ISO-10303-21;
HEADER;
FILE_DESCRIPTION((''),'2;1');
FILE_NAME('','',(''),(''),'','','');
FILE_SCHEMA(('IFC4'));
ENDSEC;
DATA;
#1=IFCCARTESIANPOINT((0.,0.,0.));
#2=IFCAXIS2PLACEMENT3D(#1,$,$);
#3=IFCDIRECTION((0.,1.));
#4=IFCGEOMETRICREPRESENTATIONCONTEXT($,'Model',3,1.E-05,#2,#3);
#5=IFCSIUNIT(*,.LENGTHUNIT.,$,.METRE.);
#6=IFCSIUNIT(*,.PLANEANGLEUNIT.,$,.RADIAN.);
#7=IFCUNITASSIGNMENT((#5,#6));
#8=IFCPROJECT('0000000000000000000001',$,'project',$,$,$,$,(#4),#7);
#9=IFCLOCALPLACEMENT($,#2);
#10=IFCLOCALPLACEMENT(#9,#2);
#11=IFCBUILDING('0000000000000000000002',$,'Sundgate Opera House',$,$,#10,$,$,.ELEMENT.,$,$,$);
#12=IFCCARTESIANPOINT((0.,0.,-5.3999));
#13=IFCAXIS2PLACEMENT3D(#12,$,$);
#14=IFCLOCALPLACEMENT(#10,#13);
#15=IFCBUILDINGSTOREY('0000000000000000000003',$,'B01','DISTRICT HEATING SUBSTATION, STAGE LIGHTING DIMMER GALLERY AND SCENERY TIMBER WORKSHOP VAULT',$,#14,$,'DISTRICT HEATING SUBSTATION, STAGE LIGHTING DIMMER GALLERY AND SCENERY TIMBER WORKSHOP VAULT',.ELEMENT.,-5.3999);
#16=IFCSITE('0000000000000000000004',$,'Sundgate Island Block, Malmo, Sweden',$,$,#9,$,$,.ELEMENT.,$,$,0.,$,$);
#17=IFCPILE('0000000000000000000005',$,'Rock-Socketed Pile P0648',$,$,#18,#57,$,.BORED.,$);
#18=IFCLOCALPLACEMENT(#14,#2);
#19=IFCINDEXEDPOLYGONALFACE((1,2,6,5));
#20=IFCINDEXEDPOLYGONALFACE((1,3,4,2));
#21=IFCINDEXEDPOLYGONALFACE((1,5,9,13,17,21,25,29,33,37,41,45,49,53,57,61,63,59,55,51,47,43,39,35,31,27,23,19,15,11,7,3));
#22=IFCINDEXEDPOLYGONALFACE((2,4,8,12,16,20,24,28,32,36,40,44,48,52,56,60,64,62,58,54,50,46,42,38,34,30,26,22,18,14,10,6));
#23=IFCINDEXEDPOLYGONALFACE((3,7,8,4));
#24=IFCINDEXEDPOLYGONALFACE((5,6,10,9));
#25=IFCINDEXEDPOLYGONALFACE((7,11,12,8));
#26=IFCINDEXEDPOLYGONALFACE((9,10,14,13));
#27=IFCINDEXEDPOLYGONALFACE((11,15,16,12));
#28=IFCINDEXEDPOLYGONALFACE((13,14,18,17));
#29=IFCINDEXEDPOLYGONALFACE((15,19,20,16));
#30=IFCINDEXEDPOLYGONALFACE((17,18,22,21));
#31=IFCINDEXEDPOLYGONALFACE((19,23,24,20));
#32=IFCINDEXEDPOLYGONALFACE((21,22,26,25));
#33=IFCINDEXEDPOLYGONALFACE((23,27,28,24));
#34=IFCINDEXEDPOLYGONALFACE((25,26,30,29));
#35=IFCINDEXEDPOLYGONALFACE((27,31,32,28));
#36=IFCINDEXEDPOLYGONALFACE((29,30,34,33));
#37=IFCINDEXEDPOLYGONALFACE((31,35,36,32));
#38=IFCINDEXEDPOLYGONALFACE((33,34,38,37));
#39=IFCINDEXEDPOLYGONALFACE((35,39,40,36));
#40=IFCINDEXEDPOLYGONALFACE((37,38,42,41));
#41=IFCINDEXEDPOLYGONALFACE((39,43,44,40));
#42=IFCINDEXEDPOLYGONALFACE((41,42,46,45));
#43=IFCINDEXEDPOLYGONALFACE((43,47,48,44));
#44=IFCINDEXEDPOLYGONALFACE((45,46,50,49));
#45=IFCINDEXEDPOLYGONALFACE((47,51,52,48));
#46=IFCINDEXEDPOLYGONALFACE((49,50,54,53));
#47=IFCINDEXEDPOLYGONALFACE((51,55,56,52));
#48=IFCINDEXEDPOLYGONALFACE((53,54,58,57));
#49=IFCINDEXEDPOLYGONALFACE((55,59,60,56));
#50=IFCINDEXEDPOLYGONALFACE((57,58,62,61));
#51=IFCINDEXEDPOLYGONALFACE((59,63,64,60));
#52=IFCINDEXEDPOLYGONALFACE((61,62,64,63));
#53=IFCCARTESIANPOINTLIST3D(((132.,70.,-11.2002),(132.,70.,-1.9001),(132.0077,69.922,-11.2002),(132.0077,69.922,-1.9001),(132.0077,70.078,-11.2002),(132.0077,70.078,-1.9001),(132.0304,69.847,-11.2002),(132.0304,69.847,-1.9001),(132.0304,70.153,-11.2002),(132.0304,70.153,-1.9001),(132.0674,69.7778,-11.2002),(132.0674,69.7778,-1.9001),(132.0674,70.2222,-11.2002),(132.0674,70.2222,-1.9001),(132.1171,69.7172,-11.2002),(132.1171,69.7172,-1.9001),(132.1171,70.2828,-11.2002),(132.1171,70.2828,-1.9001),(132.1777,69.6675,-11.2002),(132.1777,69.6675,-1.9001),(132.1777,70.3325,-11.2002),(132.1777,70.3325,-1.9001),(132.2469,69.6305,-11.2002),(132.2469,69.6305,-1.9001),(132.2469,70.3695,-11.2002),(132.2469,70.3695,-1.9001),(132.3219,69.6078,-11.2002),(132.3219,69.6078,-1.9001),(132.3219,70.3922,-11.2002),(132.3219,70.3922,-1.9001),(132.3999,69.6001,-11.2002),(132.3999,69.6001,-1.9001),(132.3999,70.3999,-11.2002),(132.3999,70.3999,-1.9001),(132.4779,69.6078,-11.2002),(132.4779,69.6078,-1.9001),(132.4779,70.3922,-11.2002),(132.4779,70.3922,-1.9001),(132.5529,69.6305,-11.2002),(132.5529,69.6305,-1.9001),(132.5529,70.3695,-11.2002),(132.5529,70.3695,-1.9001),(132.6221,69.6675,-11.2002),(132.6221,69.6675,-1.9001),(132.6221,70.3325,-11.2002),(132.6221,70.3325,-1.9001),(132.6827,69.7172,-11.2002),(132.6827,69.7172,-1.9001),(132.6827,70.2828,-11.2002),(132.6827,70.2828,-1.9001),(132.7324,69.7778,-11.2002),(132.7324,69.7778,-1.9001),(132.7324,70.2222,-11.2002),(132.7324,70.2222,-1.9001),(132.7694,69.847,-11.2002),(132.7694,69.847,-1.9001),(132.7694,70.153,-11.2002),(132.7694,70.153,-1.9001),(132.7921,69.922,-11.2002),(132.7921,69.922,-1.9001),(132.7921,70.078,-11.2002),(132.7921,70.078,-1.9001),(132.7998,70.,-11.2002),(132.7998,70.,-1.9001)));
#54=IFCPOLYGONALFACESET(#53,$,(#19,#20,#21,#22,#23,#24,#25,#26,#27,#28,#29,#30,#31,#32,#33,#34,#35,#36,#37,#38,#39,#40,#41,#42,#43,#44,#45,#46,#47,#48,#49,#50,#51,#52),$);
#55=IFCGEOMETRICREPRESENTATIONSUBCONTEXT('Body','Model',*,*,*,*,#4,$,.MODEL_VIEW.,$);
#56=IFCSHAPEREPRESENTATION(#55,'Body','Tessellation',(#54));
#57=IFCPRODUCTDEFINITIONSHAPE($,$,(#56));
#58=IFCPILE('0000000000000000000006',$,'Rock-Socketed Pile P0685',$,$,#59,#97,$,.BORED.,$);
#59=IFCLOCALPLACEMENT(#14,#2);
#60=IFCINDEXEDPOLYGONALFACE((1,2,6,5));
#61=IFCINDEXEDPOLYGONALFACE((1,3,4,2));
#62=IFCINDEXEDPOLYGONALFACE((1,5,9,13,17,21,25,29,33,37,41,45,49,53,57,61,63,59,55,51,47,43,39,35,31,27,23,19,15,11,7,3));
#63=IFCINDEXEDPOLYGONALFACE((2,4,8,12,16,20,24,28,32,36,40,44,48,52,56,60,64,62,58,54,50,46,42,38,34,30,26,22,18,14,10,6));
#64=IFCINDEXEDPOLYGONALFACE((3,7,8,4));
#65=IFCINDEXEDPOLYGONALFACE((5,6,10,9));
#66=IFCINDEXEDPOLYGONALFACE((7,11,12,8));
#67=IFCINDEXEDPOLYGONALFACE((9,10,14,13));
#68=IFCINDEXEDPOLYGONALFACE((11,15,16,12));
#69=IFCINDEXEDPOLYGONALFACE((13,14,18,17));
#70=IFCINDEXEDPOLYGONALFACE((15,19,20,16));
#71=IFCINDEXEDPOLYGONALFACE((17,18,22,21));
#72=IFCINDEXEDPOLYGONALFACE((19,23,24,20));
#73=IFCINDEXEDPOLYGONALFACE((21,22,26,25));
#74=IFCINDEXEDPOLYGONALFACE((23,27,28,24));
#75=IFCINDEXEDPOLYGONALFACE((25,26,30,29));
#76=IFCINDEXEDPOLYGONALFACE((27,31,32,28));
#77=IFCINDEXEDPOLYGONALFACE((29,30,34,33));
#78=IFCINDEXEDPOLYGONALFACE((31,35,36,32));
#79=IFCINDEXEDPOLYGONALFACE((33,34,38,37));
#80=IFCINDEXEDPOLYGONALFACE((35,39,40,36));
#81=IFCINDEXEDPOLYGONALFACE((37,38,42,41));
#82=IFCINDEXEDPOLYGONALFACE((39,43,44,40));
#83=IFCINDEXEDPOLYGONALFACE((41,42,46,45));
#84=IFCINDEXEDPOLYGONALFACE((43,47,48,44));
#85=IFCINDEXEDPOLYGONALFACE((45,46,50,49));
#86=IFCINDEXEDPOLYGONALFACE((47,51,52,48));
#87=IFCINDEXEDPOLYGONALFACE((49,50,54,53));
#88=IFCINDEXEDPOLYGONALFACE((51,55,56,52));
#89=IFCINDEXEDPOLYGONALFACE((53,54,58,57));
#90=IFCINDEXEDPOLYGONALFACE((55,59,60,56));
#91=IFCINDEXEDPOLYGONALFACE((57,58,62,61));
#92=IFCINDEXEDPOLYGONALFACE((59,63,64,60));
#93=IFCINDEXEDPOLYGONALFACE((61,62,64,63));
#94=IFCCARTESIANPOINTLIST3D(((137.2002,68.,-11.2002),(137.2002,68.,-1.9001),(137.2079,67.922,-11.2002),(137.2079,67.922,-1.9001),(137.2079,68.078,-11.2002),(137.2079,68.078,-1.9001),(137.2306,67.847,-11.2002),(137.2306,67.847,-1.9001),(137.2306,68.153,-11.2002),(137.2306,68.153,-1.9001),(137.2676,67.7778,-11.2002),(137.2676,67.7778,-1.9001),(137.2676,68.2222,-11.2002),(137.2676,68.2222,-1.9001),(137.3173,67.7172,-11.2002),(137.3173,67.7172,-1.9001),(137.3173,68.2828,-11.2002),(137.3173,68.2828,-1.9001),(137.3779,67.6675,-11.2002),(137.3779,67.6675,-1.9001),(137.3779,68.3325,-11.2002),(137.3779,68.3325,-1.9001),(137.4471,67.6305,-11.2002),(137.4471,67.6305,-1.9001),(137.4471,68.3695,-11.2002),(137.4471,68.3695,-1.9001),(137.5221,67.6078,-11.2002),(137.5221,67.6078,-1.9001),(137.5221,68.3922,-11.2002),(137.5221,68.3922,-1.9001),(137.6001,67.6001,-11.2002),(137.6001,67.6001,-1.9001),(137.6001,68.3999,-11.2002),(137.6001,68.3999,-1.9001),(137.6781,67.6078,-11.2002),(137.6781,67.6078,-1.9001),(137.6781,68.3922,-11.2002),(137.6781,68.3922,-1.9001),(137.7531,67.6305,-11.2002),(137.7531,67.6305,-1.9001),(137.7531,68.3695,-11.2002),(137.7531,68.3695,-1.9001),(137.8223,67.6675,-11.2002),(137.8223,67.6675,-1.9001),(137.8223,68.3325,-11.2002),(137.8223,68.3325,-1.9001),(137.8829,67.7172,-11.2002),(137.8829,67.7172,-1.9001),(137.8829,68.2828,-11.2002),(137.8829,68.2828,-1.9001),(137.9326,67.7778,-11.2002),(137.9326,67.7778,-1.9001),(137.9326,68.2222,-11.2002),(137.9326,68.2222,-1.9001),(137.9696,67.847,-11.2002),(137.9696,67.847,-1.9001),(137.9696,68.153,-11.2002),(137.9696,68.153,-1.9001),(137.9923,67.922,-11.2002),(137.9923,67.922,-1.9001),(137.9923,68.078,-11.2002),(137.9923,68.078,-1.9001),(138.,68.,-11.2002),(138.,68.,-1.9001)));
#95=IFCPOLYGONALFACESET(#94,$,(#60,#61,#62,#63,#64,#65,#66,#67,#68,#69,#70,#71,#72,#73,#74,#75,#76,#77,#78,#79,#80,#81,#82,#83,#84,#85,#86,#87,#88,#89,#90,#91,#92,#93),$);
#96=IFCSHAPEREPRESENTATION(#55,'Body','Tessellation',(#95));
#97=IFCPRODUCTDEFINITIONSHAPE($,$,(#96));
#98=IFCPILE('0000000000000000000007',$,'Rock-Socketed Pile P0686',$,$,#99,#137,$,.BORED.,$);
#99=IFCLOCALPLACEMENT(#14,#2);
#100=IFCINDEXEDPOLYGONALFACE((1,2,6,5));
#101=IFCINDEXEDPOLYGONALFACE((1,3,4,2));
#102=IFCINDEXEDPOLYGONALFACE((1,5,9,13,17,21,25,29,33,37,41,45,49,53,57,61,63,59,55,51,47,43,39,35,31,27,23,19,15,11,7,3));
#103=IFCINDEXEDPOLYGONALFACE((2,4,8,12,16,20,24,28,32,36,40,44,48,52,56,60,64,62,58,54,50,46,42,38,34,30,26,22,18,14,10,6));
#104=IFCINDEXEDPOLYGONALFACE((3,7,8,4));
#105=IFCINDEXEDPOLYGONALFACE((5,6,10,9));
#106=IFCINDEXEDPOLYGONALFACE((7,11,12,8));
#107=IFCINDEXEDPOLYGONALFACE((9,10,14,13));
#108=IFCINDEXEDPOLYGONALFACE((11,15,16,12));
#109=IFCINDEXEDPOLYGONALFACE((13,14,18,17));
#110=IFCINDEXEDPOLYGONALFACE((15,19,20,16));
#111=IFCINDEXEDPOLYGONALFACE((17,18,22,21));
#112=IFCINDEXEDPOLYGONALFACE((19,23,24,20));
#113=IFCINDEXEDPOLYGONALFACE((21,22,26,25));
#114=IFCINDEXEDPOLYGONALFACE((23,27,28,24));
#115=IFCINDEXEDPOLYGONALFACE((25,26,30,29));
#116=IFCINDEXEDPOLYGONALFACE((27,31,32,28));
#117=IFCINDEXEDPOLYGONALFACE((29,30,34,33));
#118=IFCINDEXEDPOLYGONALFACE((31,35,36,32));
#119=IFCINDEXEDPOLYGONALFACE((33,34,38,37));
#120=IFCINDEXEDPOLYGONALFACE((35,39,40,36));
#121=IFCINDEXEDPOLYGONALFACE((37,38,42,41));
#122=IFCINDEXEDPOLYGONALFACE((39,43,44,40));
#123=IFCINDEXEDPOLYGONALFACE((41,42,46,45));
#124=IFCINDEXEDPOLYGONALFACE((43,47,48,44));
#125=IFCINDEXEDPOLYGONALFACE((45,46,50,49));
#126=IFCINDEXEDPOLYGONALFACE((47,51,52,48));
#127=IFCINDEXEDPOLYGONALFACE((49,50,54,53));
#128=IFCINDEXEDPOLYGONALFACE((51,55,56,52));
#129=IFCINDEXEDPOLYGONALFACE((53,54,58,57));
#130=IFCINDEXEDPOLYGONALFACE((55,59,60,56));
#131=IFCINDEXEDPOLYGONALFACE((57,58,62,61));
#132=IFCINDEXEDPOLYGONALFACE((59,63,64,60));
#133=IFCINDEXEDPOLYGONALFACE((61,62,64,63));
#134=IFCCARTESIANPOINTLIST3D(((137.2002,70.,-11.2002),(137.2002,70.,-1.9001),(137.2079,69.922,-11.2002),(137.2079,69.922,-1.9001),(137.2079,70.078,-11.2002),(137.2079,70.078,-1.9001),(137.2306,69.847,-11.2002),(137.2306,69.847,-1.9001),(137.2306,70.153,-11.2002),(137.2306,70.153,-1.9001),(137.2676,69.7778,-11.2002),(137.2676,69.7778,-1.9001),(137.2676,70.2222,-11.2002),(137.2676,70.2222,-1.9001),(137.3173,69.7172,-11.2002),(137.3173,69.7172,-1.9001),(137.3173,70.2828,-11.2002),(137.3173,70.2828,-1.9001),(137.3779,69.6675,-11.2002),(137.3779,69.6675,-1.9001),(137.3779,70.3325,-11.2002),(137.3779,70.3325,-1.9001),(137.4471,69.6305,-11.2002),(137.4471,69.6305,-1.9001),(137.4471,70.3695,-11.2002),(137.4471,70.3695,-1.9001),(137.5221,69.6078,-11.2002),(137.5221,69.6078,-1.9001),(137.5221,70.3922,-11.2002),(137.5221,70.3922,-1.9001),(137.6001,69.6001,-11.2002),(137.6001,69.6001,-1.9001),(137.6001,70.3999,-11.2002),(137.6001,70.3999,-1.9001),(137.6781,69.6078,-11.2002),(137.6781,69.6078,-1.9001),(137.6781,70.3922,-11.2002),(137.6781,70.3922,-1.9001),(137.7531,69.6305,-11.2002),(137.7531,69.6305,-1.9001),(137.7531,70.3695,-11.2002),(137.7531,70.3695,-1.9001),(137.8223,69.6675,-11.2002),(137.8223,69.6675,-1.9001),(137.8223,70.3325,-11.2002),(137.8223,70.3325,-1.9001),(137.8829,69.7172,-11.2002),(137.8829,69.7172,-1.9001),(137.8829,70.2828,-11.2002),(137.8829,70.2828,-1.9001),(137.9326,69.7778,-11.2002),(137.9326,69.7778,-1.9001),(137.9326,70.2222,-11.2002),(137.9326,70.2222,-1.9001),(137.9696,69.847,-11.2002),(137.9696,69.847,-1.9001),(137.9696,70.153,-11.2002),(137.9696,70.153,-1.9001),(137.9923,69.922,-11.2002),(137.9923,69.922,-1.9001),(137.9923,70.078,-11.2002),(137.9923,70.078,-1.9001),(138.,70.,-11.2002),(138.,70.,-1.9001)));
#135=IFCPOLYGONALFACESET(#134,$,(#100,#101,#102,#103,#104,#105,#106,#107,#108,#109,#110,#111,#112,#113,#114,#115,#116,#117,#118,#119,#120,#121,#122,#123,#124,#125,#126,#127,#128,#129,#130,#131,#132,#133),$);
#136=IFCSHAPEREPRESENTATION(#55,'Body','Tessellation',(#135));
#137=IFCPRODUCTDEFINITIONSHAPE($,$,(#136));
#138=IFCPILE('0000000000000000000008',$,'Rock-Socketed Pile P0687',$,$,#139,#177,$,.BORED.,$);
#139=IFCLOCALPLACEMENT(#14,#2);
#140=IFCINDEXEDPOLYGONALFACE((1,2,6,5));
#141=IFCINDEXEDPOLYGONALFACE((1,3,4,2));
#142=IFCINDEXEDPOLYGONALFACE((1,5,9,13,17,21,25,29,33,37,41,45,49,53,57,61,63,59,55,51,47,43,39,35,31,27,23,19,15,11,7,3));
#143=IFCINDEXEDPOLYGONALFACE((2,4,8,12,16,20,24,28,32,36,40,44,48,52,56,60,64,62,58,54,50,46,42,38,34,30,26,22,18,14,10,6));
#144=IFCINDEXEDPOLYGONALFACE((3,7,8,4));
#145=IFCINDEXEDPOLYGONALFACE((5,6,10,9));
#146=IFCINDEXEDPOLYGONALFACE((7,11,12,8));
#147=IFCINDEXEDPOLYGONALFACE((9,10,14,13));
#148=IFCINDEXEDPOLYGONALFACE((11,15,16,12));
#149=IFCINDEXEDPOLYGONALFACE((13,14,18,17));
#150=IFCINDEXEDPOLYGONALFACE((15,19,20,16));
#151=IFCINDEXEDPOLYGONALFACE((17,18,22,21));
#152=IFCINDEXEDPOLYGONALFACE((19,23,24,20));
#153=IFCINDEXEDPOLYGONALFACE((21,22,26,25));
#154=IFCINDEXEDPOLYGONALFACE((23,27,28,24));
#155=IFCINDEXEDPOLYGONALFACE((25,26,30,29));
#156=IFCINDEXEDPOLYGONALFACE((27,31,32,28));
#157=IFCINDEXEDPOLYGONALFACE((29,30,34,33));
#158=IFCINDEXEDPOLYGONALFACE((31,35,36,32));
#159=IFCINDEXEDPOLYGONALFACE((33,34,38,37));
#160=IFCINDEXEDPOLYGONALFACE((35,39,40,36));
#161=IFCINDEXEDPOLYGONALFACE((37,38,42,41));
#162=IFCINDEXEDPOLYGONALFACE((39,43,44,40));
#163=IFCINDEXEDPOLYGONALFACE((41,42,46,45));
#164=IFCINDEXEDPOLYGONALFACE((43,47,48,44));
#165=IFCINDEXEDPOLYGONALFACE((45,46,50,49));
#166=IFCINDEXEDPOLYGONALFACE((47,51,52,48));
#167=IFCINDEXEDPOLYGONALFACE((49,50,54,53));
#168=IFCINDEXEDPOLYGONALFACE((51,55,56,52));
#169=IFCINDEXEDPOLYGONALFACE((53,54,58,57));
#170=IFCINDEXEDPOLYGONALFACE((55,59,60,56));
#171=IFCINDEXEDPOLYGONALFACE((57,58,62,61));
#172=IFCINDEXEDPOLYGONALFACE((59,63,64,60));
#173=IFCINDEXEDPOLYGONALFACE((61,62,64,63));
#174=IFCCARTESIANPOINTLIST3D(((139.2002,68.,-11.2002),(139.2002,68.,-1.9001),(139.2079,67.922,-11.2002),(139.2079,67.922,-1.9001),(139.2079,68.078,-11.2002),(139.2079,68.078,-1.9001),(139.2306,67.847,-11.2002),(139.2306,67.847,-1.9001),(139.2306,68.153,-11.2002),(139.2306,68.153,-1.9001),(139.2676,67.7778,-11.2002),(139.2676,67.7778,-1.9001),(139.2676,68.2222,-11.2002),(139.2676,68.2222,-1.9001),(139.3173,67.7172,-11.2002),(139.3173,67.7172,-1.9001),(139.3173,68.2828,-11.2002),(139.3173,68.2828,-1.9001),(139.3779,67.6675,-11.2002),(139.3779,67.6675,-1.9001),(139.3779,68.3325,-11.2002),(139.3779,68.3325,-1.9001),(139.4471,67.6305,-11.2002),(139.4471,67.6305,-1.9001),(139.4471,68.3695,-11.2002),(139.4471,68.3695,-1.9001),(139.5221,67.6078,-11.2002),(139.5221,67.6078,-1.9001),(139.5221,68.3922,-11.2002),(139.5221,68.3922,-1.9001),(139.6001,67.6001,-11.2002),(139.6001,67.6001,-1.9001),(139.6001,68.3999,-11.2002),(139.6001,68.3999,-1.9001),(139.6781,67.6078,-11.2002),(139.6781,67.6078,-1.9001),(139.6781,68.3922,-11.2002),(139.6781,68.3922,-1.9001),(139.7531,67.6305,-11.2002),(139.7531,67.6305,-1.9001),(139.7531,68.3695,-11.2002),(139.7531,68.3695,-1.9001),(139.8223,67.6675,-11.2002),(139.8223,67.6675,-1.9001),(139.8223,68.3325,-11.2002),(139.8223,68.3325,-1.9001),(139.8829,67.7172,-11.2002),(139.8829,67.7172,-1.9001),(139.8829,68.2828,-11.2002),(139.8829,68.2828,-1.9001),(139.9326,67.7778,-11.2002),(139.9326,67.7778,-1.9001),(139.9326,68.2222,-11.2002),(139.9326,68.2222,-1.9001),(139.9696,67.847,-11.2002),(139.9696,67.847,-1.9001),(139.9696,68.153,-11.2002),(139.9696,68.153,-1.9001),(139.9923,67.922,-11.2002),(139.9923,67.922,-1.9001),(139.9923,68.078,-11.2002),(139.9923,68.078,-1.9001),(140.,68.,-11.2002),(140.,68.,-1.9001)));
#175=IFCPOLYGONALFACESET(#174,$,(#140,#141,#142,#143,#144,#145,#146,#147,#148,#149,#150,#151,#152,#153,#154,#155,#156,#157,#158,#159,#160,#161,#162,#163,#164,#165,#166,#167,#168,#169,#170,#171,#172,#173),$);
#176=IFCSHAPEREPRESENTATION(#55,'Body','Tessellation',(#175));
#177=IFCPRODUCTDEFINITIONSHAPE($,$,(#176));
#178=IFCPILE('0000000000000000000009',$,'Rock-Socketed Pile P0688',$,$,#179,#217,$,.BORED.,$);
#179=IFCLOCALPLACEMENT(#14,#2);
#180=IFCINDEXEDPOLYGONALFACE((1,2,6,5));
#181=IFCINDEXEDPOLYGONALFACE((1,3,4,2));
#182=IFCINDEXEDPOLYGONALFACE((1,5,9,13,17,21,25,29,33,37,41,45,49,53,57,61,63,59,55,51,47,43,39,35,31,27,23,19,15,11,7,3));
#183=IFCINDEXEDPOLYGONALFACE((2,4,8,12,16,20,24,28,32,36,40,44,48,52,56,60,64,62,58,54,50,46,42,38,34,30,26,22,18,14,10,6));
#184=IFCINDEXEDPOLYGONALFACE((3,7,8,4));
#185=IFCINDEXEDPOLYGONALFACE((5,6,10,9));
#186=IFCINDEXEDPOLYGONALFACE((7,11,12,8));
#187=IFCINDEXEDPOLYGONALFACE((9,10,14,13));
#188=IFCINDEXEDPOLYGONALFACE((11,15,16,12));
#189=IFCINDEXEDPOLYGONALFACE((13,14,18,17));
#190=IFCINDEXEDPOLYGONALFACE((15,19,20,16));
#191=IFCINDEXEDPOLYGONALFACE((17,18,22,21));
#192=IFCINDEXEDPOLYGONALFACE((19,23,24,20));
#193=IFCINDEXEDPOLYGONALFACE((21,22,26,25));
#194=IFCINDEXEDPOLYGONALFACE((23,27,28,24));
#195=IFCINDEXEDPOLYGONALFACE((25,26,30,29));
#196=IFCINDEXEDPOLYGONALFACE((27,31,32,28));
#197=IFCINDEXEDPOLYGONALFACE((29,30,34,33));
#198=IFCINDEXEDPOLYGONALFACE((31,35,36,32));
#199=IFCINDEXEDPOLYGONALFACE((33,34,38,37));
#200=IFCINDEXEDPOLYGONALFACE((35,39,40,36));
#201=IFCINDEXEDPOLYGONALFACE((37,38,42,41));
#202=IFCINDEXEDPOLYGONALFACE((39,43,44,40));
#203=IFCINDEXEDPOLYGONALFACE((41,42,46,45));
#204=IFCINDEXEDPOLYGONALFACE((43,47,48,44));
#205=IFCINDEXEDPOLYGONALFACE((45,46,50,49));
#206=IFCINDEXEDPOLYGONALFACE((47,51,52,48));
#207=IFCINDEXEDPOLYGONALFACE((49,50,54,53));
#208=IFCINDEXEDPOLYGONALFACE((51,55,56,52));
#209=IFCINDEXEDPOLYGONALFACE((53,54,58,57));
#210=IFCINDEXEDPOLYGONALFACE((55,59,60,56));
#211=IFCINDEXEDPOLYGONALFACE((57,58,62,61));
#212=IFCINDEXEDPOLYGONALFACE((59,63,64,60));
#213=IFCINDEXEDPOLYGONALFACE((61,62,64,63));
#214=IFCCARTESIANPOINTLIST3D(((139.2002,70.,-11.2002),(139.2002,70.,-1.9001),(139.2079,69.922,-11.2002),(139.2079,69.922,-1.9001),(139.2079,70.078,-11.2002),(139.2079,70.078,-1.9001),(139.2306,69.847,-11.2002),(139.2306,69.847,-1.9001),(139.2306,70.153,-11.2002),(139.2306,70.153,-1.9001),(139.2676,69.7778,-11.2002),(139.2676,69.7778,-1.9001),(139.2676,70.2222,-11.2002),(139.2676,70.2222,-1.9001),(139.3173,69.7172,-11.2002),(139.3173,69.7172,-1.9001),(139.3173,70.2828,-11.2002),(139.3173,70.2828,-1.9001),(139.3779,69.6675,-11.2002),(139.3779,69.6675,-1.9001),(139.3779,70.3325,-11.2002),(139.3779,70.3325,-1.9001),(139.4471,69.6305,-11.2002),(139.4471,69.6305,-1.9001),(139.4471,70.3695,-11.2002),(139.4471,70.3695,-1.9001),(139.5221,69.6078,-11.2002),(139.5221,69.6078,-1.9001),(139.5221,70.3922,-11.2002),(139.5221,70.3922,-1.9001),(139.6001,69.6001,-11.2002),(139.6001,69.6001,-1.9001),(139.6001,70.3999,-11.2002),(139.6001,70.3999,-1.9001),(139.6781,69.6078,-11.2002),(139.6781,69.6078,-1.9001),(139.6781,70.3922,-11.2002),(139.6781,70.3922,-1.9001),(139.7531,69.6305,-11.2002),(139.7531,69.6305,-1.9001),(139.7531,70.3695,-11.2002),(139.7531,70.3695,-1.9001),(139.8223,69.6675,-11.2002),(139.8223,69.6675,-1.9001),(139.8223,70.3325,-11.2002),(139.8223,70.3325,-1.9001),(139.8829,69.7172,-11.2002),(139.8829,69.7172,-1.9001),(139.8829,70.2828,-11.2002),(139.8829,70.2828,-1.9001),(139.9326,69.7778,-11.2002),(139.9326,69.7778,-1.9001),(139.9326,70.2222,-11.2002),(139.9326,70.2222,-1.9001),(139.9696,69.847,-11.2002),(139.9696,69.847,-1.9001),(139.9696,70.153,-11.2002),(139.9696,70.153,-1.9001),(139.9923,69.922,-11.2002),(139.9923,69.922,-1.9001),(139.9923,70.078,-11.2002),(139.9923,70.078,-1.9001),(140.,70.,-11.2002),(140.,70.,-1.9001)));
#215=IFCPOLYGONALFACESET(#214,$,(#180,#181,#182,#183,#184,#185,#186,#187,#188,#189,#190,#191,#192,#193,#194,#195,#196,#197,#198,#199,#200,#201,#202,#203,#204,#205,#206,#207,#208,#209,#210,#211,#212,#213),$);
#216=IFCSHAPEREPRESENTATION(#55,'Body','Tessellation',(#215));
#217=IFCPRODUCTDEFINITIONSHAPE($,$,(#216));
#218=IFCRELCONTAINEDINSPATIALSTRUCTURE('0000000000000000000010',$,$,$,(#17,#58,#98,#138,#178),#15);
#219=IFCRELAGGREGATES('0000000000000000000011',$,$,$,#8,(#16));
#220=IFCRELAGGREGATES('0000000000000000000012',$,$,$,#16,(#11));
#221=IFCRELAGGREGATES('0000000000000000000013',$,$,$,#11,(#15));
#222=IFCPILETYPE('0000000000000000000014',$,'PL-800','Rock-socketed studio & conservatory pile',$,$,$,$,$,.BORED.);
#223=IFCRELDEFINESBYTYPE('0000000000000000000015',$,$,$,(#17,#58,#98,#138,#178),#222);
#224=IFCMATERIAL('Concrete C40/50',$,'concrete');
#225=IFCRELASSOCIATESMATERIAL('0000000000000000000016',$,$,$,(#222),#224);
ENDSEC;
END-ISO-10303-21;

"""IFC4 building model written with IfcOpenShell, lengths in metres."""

from ifc_helpers import new_model, si_unit, direction, frame, origin, origin_2d, place, context, subcontext, project, spatial, circle, extrude, material, material_profile, profile_set, type_object, element, save


model = new_model("IFC4")

# Units and contexts
model_context = context("Model", 3, precision=1e-05, world=origin(), true_north=direction((0.0, 1.0)))
body_context = subcontext(model_context, "Body", "Model", "MODEL_VIEW")
ifc_project = project(units=[si_unit("LENGTHUNIT", "METRE"), si_unit("PLANEANGLEUNIT", "RADIAN")], contexts=[model_context])

# Site, building, storey
site_placement = place(None, origin())
site = spatial("IfcSite", under=ifc_project, at=site_placement, Name="Sundgate Island Block, Malmo, Sweden", CompositionType="ELEMENT", RefElevation=0.0)
building_placement = place(site_placement, origin())
building = spatial("IfcBuilding", under=site, at=building_placement, Name="Sundgate Opera House", CompositionType="ELEMENT")
storey_placement = place(building_placement, frame((0.0, 0.0, -5.3999)))
storey = spatial("IfcBuildingStorey", under=building, at=storey_placement, Name="B01", Description="DISTRICT HEATING SUBSTATION, STAGE LIGHTING DIMMER GALLERY AND SCENERY TIMBER WORKSHOP VAULT", LongName="DISTRICT HEATING SUBSTATION, STAGE LIGHTING DIMMER GALLERY AND SCENERY TIMBER WORKSHOP VAULT", CompositionType="ELEMENT", Elevation=-5.3999)

# Piles
ifc_material_1 = material(Name="Concrete C40/50", Category="concrete")
ifc_material_profile_1 = material_profile(ifc_material_1, circle(Radius=0.3999, at=origin_2d()), Name="PILE D800")
ifc_profile_set_1 = profile_set([ifc_material_profile_1], Name="Concrete C40/50")
pile_type_1 = type_object("IfcPileType", Name="PL-800", Description="Rock-socketed studio & conservatory pile", PredefinedType="BORED", material=ifc_profile_set_1)
for number, where, z_axis, x_axis, name in (
    (1, (132.3999, 70.0, -1.9001), (0.0, 0.0, -1.0), (1.0, 0.0, 0.0), "Rock-Socketed Pile P0648"),
    (2, (137.6001, 68.0, -1.9001), (0.0, 0.0, -1.0), (1.0, 0.0, 0.0), "Rock-Socketed Pile P0685"),
    (3, (137.6001, 70.0, -1.9001), (0.0, 0.0, -1.0), (1.0, 0.0, 0.0), "Rock-Socketed Pile P0686"),
    (4, (139.6001, 68.0, -1.9001), (0.0, 0.0, -1.0), (1.0, 0.0, 0.0), "Rock-Socketed Pile P0687"),
    (5, (139.6001, 70.0, -1.9001), (0.0, 0.0, -1.0), (1.0, 0.0, 0.0), "Rock-Socketed Pile P0688"),
):
    element("IfcPile", number, at=place(storey_placement, frame(where, z_axis=z_axis, x_axis=x_axis)), inside=storey, type_object=pile_type_1, Name=name, PredefinedType="BORED", context=body_context, shape_type="SweptSolid", body=[
        extrude(circle(Radius=0.3999, at=origin_2d()), origin(), (0.0, 0.0, 1.0), 9.3),
    ])

save(model, "model.ifc")
